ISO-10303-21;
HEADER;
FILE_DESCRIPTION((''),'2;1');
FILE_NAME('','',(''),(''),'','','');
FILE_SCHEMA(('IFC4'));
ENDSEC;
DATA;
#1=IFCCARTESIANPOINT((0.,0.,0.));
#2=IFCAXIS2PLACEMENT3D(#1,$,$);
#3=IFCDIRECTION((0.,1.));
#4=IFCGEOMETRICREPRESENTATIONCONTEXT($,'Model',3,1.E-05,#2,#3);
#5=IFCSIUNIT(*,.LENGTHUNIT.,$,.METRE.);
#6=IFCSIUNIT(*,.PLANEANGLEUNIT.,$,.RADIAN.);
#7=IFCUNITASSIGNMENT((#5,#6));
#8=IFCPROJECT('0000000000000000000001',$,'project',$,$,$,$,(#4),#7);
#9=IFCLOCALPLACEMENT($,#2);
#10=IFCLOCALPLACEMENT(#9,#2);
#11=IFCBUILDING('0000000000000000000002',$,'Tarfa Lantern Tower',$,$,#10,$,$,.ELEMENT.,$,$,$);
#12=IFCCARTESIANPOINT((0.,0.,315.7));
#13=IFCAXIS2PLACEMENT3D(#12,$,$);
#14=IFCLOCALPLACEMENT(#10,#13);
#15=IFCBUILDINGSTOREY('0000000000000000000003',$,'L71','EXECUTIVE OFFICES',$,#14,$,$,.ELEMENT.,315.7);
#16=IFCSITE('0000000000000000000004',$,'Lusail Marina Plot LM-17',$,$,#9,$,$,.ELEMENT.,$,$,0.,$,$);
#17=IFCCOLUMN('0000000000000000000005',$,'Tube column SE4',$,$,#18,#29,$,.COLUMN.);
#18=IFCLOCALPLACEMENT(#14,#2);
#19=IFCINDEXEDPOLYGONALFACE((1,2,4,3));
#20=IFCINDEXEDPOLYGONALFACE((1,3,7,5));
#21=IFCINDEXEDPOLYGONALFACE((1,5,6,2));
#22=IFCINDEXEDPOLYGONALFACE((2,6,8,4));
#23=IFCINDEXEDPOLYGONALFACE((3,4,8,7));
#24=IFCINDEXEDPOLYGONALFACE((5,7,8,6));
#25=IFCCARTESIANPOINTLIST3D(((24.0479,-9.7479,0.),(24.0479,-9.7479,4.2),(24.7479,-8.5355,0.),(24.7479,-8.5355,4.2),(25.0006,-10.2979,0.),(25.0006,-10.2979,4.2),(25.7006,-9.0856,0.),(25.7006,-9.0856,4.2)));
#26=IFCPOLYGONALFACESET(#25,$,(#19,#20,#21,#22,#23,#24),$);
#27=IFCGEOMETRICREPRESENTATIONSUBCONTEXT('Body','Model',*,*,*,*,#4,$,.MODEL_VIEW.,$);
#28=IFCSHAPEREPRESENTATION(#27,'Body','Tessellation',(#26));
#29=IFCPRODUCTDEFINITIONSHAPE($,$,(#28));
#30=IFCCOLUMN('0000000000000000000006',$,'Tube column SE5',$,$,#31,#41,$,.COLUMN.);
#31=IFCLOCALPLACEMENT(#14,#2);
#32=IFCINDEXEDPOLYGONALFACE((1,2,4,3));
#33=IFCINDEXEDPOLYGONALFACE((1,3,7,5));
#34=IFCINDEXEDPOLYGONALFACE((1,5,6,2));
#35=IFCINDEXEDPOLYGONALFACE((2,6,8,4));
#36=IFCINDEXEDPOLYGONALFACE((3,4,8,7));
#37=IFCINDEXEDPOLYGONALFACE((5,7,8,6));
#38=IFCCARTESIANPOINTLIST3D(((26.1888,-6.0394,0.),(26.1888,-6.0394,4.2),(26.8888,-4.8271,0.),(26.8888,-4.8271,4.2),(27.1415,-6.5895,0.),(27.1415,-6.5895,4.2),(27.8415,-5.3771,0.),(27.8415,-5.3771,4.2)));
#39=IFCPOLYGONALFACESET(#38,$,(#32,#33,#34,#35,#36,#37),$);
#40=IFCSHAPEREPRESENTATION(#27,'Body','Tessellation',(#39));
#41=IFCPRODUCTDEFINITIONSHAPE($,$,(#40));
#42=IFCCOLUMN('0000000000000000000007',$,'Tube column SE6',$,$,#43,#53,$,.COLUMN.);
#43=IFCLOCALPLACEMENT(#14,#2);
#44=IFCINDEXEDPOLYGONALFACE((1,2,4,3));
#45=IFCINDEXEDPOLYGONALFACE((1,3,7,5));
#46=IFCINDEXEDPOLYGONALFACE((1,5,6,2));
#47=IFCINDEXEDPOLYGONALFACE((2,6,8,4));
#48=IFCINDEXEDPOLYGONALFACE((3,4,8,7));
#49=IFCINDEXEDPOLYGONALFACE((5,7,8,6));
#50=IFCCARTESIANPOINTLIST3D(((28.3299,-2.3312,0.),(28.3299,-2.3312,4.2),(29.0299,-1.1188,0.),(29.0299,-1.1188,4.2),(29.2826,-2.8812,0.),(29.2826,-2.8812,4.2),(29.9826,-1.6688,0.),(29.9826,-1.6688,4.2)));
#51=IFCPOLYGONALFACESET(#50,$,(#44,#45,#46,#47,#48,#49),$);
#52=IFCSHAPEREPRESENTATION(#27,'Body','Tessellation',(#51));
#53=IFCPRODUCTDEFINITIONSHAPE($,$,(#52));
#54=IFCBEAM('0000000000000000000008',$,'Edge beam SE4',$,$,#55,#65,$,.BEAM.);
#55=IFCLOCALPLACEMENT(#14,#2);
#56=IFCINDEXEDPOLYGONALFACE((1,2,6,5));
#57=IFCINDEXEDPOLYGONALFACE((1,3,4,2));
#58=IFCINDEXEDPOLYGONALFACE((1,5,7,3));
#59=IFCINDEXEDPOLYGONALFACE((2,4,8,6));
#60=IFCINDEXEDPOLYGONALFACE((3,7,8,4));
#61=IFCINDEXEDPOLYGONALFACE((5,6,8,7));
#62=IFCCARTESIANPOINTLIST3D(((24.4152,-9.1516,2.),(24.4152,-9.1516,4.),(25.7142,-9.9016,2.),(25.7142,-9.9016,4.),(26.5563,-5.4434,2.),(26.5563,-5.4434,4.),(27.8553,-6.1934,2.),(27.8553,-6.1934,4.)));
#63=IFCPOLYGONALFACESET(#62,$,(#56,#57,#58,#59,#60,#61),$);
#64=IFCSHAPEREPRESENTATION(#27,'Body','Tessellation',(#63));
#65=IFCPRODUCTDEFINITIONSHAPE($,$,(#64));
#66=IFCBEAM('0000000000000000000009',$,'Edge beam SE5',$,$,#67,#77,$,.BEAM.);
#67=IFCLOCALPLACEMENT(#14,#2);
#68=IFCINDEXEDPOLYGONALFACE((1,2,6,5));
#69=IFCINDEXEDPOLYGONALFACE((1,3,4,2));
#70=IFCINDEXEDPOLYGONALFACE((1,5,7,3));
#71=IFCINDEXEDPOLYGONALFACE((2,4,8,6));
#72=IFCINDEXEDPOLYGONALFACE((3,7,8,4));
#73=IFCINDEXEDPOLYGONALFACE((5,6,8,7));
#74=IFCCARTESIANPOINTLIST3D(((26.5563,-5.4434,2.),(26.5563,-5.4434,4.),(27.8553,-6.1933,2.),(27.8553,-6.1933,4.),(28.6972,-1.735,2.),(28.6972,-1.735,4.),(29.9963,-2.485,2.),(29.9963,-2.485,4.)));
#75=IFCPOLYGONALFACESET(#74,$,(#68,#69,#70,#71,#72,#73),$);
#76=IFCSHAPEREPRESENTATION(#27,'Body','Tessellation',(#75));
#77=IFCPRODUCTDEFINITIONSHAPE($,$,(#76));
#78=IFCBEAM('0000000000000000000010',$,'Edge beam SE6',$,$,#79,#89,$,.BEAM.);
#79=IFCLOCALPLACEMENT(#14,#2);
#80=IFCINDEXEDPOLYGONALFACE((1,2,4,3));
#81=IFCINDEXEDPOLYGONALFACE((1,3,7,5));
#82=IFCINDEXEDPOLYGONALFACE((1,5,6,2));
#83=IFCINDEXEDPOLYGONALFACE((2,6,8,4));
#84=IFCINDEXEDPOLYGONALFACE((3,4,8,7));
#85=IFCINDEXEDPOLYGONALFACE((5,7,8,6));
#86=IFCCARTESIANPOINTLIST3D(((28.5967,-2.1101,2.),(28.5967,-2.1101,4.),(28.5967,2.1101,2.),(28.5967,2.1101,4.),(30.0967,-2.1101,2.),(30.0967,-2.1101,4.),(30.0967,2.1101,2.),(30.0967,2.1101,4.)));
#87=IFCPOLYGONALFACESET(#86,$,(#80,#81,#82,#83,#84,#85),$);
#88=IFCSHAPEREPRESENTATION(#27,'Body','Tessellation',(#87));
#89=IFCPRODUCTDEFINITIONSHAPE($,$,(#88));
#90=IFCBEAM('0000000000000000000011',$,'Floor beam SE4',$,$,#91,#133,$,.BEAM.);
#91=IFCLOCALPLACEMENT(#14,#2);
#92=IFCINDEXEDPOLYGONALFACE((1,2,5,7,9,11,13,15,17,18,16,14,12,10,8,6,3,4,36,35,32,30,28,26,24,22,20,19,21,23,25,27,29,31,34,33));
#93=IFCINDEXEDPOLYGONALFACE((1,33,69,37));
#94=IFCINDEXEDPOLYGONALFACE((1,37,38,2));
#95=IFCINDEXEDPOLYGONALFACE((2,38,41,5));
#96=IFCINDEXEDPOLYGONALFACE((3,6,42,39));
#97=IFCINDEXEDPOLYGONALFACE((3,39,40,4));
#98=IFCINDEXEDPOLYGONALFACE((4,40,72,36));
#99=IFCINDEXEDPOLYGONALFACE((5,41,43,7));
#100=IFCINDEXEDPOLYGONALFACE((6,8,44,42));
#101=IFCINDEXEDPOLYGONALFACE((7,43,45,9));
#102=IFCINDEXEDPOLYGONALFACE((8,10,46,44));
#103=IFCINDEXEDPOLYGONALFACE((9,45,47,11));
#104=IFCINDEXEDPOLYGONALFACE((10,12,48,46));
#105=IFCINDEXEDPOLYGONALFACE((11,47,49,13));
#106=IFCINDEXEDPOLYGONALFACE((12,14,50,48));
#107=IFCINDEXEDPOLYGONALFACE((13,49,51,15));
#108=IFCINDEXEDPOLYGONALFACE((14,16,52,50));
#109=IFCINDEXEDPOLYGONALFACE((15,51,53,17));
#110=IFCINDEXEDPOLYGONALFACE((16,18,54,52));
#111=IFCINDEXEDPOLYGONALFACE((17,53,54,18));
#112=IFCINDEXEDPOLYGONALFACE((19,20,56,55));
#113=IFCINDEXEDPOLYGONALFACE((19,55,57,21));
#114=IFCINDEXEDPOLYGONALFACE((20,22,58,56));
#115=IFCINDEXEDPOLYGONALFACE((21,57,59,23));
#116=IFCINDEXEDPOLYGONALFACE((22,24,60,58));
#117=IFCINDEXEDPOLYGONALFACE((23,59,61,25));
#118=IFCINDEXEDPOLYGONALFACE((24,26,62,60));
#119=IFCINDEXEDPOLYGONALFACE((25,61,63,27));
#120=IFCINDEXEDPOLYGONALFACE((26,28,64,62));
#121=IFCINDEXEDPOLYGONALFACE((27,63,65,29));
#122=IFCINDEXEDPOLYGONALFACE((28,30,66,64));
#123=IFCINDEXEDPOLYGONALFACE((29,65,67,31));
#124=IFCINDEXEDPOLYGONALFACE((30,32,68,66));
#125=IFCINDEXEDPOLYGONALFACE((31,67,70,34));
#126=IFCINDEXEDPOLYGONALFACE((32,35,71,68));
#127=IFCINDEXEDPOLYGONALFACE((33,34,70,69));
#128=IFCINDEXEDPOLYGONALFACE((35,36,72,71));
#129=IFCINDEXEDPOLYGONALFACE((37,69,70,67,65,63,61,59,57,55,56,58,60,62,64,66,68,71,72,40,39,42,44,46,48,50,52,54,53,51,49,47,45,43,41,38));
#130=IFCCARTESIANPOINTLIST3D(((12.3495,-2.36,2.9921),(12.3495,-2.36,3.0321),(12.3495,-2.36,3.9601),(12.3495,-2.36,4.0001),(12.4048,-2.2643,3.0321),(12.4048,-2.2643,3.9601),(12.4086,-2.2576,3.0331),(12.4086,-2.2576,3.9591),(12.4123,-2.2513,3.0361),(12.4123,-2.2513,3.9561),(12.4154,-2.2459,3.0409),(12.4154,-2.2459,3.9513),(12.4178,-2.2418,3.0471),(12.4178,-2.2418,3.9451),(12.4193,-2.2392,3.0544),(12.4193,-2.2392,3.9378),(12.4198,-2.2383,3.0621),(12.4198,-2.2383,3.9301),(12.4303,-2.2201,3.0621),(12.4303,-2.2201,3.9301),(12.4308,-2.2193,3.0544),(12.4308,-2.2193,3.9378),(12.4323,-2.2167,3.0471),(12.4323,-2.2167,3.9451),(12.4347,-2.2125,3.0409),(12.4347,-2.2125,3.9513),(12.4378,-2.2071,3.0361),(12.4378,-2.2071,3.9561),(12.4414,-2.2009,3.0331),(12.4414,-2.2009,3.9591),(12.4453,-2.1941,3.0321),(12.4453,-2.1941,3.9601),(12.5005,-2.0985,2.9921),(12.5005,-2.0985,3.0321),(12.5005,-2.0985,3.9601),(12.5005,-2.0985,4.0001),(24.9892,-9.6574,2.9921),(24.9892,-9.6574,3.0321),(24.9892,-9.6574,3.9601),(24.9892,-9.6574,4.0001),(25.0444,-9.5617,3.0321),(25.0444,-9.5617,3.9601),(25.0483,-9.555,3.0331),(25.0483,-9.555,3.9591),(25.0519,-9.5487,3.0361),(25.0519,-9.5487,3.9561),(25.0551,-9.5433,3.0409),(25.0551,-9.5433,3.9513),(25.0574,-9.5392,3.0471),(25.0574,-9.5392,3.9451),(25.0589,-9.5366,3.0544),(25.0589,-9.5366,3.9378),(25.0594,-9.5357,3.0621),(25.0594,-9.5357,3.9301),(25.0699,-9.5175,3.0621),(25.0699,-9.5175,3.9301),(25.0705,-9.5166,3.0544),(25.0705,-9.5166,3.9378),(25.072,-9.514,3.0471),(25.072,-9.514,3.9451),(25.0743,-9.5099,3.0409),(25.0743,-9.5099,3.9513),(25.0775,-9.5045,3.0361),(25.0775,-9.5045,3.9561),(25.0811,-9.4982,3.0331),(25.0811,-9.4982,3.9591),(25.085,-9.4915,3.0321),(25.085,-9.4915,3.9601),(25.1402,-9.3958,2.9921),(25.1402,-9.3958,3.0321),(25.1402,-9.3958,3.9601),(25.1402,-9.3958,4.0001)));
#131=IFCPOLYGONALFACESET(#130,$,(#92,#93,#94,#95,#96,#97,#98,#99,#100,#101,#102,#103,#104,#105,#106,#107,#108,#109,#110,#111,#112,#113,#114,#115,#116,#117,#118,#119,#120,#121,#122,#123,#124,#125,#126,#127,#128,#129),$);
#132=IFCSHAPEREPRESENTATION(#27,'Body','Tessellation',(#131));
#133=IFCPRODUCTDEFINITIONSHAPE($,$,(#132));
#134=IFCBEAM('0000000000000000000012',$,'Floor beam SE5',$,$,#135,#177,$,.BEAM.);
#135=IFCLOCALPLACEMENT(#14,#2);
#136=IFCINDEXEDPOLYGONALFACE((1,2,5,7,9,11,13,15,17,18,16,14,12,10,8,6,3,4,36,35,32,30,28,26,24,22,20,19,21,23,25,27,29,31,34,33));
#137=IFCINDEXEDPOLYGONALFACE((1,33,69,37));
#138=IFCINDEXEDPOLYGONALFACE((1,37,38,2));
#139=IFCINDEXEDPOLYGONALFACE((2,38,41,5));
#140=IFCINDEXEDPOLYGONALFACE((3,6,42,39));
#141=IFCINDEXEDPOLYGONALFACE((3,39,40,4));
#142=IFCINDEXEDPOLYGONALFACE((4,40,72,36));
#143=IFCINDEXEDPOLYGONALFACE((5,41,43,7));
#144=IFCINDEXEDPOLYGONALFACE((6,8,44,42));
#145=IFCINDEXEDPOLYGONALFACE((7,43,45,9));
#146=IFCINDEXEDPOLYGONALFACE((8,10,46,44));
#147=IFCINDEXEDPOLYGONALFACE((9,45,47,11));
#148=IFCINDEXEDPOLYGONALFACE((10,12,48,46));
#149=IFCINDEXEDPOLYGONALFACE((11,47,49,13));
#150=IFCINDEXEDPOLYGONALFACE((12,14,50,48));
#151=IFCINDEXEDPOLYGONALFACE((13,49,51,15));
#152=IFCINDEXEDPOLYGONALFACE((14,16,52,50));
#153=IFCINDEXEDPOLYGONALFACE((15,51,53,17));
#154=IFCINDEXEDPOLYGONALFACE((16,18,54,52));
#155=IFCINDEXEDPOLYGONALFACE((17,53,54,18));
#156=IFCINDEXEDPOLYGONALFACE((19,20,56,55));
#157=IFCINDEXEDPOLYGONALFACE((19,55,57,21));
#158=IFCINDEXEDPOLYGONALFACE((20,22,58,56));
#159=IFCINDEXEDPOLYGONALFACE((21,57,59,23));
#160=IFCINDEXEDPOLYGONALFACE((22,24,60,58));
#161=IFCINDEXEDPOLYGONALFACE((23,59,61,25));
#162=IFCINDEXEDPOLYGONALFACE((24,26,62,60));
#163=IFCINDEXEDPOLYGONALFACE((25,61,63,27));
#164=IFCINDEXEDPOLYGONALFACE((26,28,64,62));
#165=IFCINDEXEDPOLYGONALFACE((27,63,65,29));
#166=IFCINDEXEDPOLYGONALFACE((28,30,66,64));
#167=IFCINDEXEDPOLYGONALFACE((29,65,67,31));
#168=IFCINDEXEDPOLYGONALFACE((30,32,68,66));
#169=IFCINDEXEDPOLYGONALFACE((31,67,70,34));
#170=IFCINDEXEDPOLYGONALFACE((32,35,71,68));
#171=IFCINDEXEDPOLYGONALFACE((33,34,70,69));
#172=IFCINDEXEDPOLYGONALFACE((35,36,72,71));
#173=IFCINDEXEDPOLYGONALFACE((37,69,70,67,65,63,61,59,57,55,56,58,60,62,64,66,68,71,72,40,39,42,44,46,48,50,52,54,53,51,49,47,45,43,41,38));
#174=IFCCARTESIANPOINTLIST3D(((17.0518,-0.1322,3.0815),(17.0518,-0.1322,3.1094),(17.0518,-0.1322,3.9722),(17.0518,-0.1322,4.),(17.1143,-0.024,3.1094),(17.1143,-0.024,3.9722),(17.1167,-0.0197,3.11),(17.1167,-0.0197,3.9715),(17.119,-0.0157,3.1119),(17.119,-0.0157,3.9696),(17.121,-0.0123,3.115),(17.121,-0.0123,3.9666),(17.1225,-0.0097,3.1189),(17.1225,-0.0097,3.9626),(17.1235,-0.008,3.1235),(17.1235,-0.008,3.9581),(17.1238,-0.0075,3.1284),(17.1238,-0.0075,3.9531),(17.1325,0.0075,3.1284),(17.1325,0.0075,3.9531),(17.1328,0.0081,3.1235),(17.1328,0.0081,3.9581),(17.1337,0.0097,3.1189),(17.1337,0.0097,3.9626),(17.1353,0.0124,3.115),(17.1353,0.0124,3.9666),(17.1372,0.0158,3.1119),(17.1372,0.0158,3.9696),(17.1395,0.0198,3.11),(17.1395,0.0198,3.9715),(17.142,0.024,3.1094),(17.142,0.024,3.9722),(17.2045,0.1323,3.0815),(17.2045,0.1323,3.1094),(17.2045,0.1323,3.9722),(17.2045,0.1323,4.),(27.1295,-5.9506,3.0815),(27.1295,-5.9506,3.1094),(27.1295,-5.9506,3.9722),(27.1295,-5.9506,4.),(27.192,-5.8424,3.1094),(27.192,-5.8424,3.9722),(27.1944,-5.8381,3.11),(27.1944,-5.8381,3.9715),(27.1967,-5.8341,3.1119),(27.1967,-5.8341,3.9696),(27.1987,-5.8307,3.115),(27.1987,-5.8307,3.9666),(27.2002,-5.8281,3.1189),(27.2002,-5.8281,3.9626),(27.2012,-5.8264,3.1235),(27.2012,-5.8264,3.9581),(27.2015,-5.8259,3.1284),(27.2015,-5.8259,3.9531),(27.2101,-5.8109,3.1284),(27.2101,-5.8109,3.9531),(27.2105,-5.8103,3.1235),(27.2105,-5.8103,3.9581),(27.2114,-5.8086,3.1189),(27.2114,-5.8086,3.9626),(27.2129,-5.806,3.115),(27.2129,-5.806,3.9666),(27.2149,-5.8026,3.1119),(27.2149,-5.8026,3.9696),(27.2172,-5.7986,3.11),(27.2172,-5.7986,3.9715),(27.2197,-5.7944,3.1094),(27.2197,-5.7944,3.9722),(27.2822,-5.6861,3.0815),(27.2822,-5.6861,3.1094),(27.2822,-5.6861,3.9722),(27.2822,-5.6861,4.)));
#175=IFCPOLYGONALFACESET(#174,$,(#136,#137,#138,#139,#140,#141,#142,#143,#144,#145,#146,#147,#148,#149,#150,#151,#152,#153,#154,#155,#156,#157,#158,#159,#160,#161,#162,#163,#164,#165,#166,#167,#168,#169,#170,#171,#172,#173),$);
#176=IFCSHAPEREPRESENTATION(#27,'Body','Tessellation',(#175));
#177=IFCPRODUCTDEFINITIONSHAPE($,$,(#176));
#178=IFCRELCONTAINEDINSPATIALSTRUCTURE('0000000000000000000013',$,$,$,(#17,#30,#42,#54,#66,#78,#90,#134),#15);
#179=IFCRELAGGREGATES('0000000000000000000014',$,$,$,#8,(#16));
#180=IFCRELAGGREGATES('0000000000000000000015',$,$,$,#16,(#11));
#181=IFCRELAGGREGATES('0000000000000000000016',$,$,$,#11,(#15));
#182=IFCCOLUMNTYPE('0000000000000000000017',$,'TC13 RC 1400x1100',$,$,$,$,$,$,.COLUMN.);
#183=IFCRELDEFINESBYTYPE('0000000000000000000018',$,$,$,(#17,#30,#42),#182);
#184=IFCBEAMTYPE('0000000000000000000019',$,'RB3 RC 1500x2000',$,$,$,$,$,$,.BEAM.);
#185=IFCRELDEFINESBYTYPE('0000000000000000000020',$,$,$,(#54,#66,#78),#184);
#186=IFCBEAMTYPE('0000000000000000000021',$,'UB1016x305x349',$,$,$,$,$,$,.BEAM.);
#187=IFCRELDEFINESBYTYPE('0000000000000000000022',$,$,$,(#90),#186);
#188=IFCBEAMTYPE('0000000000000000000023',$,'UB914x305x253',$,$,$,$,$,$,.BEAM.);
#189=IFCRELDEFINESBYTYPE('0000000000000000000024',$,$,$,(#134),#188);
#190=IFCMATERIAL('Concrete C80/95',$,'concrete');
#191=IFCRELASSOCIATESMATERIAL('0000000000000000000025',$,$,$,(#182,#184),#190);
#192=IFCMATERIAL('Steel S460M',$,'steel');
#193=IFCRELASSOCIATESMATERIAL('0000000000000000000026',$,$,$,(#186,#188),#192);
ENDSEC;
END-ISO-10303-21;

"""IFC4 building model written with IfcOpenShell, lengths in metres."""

from ifc_helpers import new_model, si_unit, direction, frame, origin, origin_2d, place, context, subcontext, project, spatial, rectangle, i_section, extrude, material, material_profile, profile_set, type_object, element, save


model = new_model("IFC4")

# Units and contexts
model_context = context("Model", 3, precision=1e-05, world=origin(), true_north=direction((0.0, 1.0)))
body_context = subcontext(model_context, "Body", "Model", "MODEL_VIEW")
ifc_project = project(units=[si_unit("LENGTHUNIT", "METRE"), si_unit("PLANEANGLEUNIT", "RADIAN")], contexts=[model_context])

# Site, building, storey
site_placement = place(None, origin())
site = spatial("IfcSite", under=ifc_project, at=site_placement, Name="Lusail Marina Plot LM-17", CompositionType="ELEMENT", RefElevation=0.0)
building_placement = place(site_placement, origin())
building = spatial("IfcBuilding", under=site, at=building_placement, Name="Tarfa Lantern Tower", CompositionType="ELEMENT")
storey_placement = place(building_placement, frame((0.0, 0.0, 315.7)))
storey = spatial("IfcBuildingStorey", under=building, at=storey_placement, Name="L71", Description="EXECUTIVE OFFICES", CompositionType="ELEMENT", Elevation=315.7)

# Columns
ifc_material_1 = material(Name="Concrete C80/95", Category="concrete")
ifc_material_profile_1 = material_profile(ifc_material_1, rectangle(XDim=1.3999, YDim=1.1001, at=origin_2d()), Name="RC 1400x1100")
ifc_profile_set_1 = profile_set([ifc_material_profile_1], Name="Concrete C80/95")
column_type = type_object("IfcColumnType", Name="TC13 RC 1400x1100", PredefinedType="COLUMN", material=ifc_profile_set_1)
for number, where, z_axis, x_axis, name in (
    (1, (24.8743, -9.4167, 0.0), (0.0, 0.0, 1.0), (0.5, 0.866025, 0.0), "Tube column SE4"),
    (2, (27.0151, -5.7083, 0.0), (0.0, 0.0, 1.0), (0.5, 0.866025, 0.0), "Tube column SE5"),
    (3, (29.1562, -2.0, 0.0), (0.0, 0.0, 1.0), (0.5, 0.866025, 0.0), "Tube column SE6"),
):
    element("IfcColumn", number, at=place(storey_placement, frame(where, z_axis=z_axis, x_axis=x_axis)), inside=storey, type_object=column_type, Name=name, PredefinedType="COLUMN", context=body_context, shape_type="SweptSolid", body=[
        extrude(rectangle(XDim=1.3999, YDim=1.1001, at=origin_2d()), origin(), (0.0, 0.0, 1.0), 4.2),
    ])

# Beams
ifc_material_profile_2 = material_profile(ifc_material_1, rectangle(XDim=1.5, YDim=2.0, at=origin_2d()), Name="RC 1500x2000")
ifc_profile_set_2 = profile_set([ifc_material_profile_2], Name="Concrete C80/95")
beam_type_1 = type_object("IfcBeamType", Name="RB3 RC 1500x2000", PredefinedType="BEAM", material=ifc_profile_set_2)
for number, where, z_axis, x_axis, name in (
    (4, (25.0647, -9.5266, 3.0), (0.500027, 0.86601, 0.0), (-0.86601, 0.500027, 0.0), "Edge beam SE4"),
    (5, (27.2058, -5.8184, 3.0), (0.499984, 0.866035, 0.0), (-0.866035, 0.499984, 0.0), "Edge beam SE5"),
):
    element("IfcBeam", number, at=place(storey_placement, frame(where, z_axis=z_axis, x_axis=x_axis)), inside=storey, type_object=beam_type_1, Name=name, PredefinedType="BEAM", context=body_context, shape_type="SweptSolid", body=[
        extrude(rectangle(XDim=1.5, YDim=2.0, at=origin_2d()), origin(), (0.0, 0.0, 1.0), 4.282),
    ])
beam_1_placement = place(storey_placement, frame((29.3467, -2.1101, 3.0), z_axis=(0.0, 1.0, 0.0), x_axis=(-1.0, 0.0, 0.0)))
element("IfcBeam", 6, at=beam_1_placement, inside=storey, type_object=beam_type_1, Name="Edge beam SE6", PredefinedType="BEAM", context=body_context, shape_type="SweptSolid", body=[
    extrude(rectangle(XDim=1.5, YDim=2.0, at=origin_2d()), origin(), (0.0, 0.0, 1.0), 4.2202),
])
ifc_material_2 = material(Name="Steel S460M", Category="steel")
ifc_material_profile_3 = material_profile(ifc_material_2, i_section(OverallWidth=0.302, OverallDepth=1.0081, WebThickness=0.021, FlangeThickness=0.04, FilletRadius=0.03, at=origin_2d()), Name="UB1016x305x349")
ifc_profile_set_3 = profile_set([ifc_material_profile_3], Name="Steel S460M")
beam_type_2 = type_object("IfcBeamType", Name="UB1016x305x349", PredefinedType="BEAM", material=ifc_profile_set_3)
beam_2_placement = place(storey_placement, frame((25.0647, -9.5266, 3.4961), z_axis=(-0.86603, 0.499993, 0.0), x_axis=(-0.499993, -0.86603, 0.0)))
element("IfcBeam", 7, at=beam_2_placement, inside=storey, type_object=beam_type_2, Name="Floor beam SE4", PredefinedType="BEAM", context=body_context, shape_type="SweptSolid", body=[
    extrude(i_section(OverallWidth=0.302, OverallDepth=1.0081, WebThickness=0.021, FlangeThickness=0.04, FilletRadius=0.03, at=origin_2d()), origin(), (0.0, 0.0, 1.0), 14.595),
])
ifc_material_profile_4 = material_profile(ifc_material_2, i_section(OverallWidth=0.3054, OverallDepth=0.9185, WebThickness=0.0173, FlangeThickness=0.0278, FilletRadius=0.019, at=origin_2d()), Name="UB914x305x253")
ifc_profile_set_4 = profile_set([ifc_material_profile_4], Name="Steel S460M")
beam_type_3 = type_object("IfcBeamType", Name="UB914x305x253", PredefinedType="BEAM", material=ifc_profile_set_4)
beam_3_placement = place(storey_placement, frame((27.2058, -5.8184, 3.5408), z_axis=(-0.866024, 0.500002, 0.0), x_axis=(-0.500002, -0.866024, 0.0)))
element("IfcBeam", 8, at=beam_3_placement, inside=storey, type_object=beam_type_3, Name="Floor beam SE5", PredefinedType="BEAM", context=body_context, shape_type="SweptSolid", body=[
    extrude(i_section(OverallWidth=0.3054, OverallDepth=0.9185, WebThickness=0.0173, FlangeThickness=0.0278, FilletRadius=0.019, at=origin_2d()), origin(), (0.0, 0.0, 1.0), 11.6367),
])

save(model, "model.ifc")
